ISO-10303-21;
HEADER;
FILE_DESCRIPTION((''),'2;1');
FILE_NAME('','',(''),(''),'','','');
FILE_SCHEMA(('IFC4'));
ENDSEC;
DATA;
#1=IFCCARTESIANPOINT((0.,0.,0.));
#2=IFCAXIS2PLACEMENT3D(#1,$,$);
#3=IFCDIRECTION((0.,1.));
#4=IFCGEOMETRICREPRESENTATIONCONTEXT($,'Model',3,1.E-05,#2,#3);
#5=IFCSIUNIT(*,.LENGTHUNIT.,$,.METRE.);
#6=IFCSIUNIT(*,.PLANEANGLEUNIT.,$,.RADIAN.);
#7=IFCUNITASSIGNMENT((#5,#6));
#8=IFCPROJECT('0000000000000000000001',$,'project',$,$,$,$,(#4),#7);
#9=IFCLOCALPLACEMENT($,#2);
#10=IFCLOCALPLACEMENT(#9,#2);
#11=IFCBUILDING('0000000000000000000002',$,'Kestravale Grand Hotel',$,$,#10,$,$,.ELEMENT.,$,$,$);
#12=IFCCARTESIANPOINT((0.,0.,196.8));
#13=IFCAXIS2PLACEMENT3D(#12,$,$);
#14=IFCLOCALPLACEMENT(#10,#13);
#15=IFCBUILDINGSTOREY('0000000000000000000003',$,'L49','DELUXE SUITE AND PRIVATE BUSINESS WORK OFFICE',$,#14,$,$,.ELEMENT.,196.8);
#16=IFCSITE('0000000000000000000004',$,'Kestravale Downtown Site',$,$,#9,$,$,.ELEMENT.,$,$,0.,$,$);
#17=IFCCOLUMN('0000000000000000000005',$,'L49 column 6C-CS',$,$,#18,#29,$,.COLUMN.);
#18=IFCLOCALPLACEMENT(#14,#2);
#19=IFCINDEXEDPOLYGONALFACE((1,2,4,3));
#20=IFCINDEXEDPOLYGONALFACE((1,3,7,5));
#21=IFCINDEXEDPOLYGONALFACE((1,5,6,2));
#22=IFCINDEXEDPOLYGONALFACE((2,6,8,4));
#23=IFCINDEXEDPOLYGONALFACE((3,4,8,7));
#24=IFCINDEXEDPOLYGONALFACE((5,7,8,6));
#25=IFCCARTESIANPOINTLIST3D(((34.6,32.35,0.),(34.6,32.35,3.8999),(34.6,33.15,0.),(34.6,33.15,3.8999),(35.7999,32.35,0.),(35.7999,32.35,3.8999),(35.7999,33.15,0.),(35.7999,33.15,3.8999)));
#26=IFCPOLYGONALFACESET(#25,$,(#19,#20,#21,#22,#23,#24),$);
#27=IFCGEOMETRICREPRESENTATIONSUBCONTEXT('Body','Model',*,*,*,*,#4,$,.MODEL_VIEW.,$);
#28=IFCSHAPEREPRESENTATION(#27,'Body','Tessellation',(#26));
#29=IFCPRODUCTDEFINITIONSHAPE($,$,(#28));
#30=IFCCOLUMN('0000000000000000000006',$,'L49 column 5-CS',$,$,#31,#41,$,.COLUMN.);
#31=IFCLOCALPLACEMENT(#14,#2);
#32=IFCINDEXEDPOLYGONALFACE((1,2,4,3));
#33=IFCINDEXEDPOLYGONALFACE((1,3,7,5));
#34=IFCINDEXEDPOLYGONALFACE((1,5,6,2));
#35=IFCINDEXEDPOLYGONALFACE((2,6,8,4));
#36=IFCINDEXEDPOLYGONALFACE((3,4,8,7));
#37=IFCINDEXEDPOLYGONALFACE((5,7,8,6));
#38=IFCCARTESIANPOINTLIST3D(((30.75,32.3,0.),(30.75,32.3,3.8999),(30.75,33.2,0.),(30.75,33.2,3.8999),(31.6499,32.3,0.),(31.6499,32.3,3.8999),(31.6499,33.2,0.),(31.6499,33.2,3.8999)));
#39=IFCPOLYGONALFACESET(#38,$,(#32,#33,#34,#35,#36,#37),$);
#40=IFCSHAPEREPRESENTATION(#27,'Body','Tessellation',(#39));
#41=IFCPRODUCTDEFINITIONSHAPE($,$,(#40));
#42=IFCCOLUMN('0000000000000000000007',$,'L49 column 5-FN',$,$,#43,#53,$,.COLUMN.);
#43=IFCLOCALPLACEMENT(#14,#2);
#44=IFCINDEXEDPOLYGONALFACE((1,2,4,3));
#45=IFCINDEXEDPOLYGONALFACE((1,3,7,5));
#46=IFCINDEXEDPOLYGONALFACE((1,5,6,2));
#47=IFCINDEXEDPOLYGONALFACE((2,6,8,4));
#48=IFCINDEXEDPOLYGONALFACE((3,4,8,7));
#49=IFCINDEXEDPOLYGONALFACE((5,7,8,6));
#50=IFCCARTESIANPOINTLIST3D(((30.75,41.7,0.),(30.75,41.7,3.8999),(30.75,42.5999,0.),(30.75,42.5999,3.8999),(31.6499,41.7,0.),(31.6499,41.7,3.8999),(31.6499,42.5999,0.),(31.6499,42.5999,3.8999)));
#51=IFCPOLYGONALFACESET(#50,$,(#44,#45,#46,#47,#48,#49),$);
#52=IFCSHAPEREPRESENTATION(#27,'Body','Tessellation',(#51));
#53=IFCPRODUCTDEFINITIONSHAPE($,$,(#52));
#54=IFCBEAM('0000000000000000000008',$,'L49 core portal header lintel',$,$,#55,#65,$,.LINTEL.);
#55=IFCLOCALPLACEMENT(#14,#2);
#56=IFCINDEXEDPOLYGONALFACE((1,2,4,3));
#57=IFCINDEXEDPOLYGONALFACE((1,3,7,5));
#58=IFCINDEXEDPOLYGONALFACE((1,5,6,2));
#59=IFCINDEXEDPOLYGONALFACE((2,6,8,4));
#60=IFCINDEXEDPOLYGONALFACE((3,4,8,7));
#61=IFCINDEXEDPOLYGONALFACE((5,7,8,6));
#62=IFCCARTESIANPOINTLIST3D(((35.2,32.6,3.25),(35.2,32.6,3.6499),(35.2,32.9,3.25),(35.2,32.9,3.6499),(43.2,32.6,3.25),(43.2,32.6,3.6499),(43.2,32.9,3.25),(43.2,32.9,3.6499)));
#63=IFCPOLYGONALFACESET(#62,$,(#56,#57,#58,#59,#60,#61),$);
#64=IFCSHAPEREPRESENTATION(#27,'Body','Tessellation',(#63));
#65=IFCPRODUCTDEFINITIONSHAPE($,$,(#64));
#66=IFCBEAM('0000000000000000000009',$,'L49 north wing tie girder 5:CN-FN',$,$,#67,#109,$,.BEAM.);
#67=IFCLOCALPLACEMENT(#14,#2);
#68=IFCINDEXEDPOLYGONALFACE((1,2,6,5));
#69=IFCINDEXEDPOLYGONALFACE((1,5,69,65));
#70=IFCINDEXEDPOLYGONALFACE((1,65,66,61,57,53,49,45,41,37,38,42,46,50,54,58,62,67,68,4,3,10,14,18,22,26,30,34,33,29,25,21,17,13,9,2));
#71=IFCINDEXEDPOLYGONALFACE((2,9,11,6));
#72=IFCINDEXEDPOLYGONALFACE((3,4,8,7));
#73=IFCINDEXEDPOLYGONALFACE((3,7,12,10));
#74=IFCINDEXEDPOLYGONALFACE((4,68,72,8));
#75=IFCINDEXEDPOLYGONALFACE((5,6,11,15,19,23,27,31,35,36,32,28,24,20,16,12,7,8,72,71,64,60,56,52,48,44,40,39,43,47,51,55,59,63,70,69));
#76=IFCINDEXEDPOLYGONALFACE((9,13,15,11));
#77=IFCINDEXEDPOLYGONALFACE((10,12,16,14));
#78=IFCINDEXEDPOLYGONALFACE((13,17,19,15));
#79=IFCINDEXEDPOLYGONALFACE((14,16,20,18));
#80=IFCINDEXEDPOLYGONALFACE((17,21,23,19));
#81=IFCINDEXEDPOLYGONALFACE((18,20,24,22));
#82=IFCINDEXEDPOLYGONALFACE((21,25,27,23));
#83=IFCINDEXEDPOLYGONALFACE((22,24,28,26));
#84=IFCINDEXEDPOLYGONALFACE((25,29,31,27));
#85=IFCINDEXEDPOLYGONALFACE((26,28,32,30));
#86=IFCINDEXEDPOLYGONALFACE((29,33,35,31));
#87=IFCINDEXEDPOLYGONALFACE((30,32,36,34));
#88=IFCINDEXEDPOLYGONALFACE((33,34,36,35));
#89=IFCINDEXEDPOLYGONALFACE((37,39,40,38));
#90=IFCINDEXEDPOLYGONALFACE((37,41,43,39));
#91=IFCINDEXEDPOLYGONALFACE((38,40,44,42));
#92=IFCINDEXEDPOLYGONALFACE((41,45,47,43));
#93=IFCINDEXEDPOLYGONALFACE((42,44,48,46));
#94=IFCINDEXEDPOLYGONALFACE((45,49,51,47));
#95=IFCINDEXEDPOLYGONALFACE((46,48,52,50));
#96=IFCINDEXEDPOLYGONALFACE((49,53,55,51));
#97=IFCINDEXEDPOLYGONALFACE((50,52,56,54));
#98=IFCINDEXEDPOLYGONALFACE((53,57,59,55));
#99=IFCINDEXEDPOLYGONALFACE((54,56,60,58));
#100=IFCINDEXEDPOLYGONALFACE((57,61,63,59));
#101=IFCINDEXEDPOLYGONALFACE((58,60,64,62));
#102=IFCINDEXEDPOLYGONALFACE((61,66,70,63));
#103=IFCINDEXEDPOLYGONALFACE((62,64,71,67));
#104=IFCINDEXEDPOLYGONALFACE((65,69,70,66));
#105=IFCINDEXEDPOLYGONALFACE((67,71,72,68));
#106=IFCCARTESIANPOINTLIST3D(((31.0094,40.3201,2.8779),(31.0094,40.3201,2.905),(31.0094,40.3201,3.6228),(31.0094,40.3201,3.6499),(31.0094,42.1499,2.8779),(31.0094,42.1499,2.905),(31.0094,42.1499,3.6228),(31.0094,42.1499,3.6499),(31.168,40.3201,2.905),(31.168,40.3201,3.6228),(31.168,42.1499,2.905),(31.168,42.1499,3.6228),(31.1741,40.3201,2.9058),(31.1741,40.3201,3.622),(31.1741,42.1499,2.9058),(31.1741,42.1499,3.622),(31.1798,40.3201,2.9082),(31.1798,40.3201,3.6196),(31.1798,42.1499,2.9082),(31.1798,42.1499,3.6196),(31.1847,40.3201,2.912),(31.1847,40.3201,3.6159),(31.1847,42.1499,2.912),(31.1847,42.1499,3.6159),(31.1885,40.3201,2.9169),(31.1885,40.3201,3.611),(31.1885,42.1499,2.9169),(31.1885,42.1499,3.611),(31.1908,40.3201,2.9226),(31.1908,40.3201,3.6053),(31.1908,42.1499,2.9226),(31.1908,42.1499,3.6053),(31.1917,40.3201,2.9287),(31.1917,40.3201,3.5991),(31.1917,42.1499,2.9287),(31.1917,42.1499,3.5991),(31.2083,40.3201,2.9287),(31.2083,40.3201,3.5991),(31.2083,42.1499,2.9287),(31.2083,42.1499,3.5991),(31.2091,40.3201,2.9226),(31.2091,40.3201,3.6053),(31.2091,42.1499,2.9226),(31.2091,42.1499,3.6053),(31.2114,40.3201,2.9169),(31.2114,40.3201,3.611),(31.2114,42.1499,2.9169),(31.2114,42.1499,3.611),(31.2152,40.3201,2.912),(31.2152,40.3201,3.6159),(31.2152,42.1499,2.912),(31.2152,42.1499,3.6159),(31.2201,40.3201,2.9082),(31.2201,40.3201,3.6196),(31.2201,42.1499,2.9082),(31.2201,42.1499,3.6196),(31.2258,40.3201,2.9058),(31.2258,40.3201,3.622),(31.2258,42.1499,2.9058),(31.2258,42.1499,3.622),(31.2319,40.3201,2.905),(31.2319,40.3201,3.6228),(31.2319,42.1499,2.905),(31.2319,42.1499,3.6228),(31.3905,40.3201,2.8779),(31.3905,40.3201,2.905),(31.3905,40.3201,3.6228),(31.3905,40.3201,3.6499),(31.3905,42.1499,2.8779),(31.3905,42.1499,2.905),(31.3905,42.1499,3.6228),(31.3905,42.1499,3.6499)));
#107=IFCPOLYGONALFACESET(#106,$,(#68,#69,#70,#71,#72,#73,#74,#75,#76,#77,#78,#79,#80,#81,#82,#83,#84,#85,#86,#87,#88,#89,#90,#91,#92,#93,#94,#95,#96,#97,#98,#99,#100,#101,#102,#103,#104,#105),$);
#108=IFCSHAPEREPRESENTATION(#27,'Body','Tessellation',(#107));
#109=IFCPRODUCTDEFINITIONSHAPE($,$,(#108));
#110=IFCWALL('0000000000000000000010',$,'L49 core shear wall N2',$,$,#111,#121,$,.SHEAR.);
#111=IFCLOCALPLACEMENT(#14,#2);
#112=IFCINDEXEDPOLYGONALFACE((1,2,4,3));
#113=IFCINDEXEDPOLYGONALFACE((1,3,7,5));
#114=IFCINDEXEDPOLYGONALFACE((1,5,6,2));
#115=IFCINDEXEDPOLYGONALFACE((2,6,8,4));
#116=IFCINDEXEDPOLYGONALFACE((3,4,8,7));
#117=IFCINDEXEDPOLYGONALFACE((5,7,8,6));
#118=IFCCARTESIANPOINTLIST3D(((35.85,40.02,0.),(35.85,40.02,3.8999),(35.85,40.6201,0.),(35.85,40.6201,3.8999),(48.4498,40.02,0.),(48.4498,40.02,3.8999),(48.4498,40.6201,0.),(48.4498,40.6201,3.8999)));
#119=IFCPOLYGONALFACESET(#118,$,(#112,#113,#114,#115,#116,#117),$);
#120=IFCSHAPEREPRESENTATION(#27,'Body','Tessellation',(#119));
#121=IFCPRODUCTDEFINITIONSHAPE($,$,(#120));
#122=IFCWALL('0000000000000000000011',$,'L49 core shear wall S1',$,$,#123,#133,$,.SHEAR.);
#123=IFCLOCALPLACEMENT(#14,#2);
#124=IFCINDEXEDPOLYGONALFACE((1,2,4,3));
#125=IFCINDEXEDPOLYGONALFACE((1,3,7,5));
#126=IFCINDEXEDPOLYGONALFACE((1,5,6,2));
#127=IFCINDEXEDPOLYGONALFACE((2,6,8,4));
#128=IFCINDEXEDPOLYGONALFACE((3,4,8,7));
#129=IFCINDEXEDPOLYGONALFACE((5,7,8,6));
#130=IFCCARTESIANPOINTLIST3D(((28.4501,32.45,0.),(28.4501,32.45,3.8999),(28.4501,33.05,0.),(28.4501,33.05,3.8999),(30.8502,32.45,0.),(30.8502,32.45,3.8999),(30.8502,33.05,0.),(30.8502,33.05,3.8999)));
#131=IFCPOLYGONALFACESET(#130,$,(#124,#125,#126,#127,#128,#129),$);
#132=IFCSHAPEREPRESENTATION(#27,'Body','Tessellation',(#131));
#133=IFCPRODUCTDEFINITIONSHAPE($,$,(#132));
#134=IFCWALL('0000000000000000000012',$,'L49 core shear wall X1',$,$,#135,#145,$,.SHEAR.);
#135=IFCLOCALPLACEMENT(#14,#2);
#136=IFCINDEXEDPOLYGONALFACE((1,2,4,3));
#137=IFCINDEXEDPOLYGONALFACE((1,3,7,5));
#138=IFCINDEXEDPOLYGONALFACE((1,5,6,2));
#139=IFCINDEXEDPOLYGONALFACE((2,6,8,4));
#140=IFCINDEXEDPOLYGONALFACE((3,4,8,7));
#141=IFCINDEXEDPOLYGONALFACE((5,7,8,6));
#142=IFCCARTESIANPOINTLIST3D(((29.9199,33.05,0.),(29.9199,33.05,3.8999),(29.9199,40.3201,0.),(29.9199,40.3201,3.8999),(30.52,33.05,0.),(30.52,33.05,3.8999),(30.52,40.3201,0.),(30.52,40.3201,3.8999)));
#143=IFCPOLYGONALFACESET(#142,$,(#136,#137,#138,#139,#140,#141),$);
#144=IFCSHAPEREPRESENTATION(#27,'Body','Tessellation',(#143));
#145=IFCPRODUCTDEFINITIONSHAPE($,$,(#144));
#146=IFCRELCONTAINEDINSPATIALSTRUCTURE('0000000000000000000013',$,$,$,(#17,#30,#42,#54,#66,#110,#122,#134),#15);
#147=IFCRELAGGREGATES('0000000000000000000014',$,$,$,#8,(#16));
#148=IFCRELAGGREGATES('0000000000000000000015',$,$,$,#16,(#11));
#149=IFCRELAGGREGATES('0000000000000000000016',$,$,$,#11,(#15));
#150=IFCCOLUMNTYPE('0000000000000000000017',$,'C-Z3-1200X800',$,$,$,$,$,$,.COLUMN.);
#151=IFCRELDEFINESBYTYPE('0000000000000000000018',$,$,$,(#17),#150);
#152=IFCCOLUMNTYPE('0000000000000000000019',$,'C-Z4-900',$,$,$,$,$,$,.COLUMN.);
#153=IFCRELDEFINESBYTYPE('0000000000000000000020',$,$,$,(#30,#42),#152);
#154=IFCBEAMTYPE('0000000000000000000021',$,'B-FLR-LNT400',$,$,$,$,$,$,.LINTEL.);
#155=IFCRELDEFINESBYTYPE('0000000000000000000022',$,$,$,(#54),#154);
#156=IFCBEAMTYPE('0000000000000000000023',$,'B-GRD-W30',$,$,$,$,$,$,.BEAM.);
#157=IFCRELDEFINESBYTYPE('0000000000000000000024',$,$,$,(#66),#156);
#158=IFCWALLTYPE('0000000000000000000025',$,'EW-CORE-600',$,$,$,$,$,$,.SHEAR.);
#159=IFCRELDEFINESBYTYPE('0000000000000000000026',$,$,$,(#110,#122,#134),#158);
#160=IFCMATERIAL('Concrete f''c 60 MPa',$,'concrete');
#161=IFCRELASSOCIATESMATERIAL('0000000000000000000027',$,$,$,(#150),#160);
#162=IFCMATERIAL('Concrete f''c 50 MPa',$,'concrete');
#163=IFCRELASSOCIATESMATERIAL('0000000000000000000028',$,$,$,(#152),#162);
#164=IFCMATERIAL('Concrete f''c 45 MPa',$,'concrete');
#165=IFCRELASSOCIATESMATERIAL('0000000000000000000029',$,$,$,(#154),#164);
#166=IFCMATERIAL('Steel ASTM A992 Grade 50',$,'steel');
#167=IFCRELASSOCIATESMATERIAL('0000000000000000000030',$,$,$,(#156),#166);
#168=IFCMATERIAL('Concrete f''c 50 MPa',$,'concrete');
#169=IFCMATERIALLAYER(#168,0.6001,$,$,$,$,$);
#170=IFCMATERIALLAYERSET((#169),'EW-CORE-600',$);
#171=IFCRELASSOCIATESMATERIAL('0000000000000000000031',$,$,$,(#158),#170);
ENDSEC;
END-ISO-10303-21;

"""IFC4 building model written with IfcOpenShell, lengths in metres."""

from ifc_helpers import new_model, si_unit, direction, frame, frame_2d, origin, origin_2d, place, context, subcontext, project, spatial, rectangle, i_section, extrude, material, layer, layer_set, material_profile, profile_set, type_object, element, save


model = new_model("IFC4")

# Units and contexts
model_context = context("Model", 3, precision=1e-05, world=origin(), true_north=direction((0.0, 1.0)))
body_context = subcontext(model_context, "Body", "Model", "MODEL_VIEW")
ifc_project = project(units=[si_unit("LENGTHUNIT", "METRE"), si_unit("PLANEANGLEUNIT", "RADIAN")], contexts=[model_context])

# Site, building, storey
site_placement = place(None, origin())
site = spatial("IfcSite", under=ifc_project, at=site_placement, Name="Kestravale Downtown Site", CompositionType="ELEMENT", RefElevation=0.0)
building_placement = place(site_placement, origin())
building = spatial("IfcBuilding", under=site, at=building_placement, Name="Kestravale Grand Hotel", CompositionType="ELEMENT")
storey_placement = place(building_placement, frame((0.0, 0.0, 196.8)))
storey = spatial("IfcBuildingStorey", under=building, at=storey_placement, Name="L49", Description="DELUXE SUITE AND PRIVATE BUSINESS WORK OFFICE", CompositionType="ELEMENT", Elevation=196.8)

# Columns
ifc_material_1 = material(Name="Concrete f'c 60 MPa", Category="concrete")
ifc_material_profile_1 = material_profile(ifc_material_1, rectangle(XDim=1.2, YDim=0.8, at=origin_2d()))
ifc_profile_set_1 = profile_set([ifc_material_profile_1], Name="Concrete f'c 60 MPa")
column_type_1 = type_object("IfcColumnType", Name="C-Z3-1200X800", PredefinedType="COLUMN", material=ifc_profile_set_1)
column_placement = place(storey_placement, frame((35.2, 32.75, 0.0), z_axis=(0.0, 0.0, 1.0), x_axis=(1.0, 0.0, 0.0)))
element("IfcColumn", 1, at=column_placement, inside=storey, type_object=column_type_1, Name="L49 column 6C-CS", PredefinedType="COLUMN", context=body_context, shape_type="SweptSolid", body=[
    extrude(rectangle(XDim=1.2, YDim=0.8, at=origin_2d()), origin(), (0.0, 0.0, 1.0), 3.8999),
])
ifc_material_2 = material(Name="Concrete f'c 50 MPa", Category="concrete")
ifc_material_profile_2 = material_profile(ifc_material_2, rectangle(XDim=0.8999, YDim=0.8999, at=origin_2d()))
ifc_profile_set_2 = profile_set([ifc_material_profile_2], Name="Concrete f'c 50 MPa")
column_type_2 = type_object("IfcColumnType", Name="C-Z4-900", PredefinedType="COLUMN", material=ifc_profile_set_2)
for number, where, z_axis, x_axis, name in (
    (2, (31.2, 32.75, 0.0), (0.0, 0.0, 1.0), (1.0, 0.0, 0.0), "L49 column 5-CS"),
    (3, (31.2, 42.1499, 0.0), (0.0, 0.0, 1.0), (1.0, 0.0, 0.0), "L49 column 5-FN"),
):
    element("IfcColumn", number, at=place(storey_placement, frame(where, z_axis=z_axis, x_axis=x_axis)), inside=storey, type_object=column_type_2, Name=name, PredefinedType="COLUMN", context=body_context, shape_type="SweptSolid", body=[
        extrude(rectangle(XDim=0.8999, YDim=0.8999, at=origin_2d()), origin(), (0.0, 0.0, 1.0), 3.8999),
    ])

# Beams
ifc_material_3 = material(Name="Concrete f'c 45 MPa", Category="concrete")
ifc_material_profile_3 = material_profile(ifc_material_3, rectangle(XDim=0.3, YDim=0.3999, at=origin_2d()))
ifc_profile_set_3 = profile_set([ifc_material_profile_3], Name="Concrete f'c 45 MPa")
beam_type_1 = type_object("IfcBeamType", Name="B-FLR-LNT400", PredefinedType="LINTEL", material=ifc_profile_set_3)
beam_1_placement = place(storey_placement, frame((35.2, 32.75, 3.45), z_axis=(1.0, 0.0, 0.0), x_axis=(0.0, 1.0, 0.0)))
element("IfcBeam", 4, at=beam_1_placement, inside=storey, type_object=beam_type_1, Name="L49 core portal header lintel", PredefinedType="LINTEL", context=body_context, shape_type="SweptSolid", body=[
    extrude(rectangle(XDim=0.3, YDim=0.3999, at=origin_2d()), origin(), (0.0, 0.0, 1.0), 8.0),
])
ifc_material_4 = material(Name="Steel ASTM A992 Grade 50", Category="steel")
ifc_material_profile_4 = material_profile(ifc_material_4, i_section(OverallWidth=0.3811, OverallDepth=0.772, WebThickness=0.0166, FlangeThickness=0.0271, FilletRadius=0.0237, at=origin_2d()))
ifc_profile_set_4 = profile_set([ifc_material_profile_4], Name="Steel ASTM A992 Grade 50")
beam_type_2 = type_object("IfcBeamType", Name="B-GRD-W30", PredefinedType="BEAM", material=ifc_profile_set_4)
beam_2_placement = place(storey_placement, frame((31.2, 40.3201, 3.2639), z_axis=(0.0, 1.0, 0.0), x_axis=(-1.0, 0.0, 0.0)))
element("IfcBeam", 5, at=beam_2_placement, inside=storey, type_object=beam_type_2, Name="L49 north wing tie girder 5:CN-FN", PredefinedType="BEAM", context=body_context, shape_type="SweptSolid", body=[
    extrude(i_section(OverallWidth=0.3811, OverallDepth=0.772, WebThickness=0.0166, FlangeThickness=0.0271, FilletRadius=0.0237, at=origin_2d()), origin(), (0.0, 0.0, 1.0), 1.8298),
])

# Walls
ifc_material_5 = material(Name="Concrete f'c 50 MPa", Category="concrete")
ifc_layer_1 = layer(ifc_material_5, 0.6001)
ifc_layer_set_1 = layer_set([ifc_layer_1], Name="EW-CORE-600")
wall_type_1 = type_object("IfcWallType", Name="EW-CORE-600", PredefinedType="SHEAR", material=ifc_layer_set_1)
wall_1_placement = place(storey_placement, frame((35.8501, 40.3201, 0.0), z_axis=(0.0, 0.0, 1.0), x_axis=(1.0, 0.0, 0.0)))
element("IfcWall", 6, at=wall_1_placement, inside=storey, type_object=wall_type_1, Name="L49 core shear wall N2", PredefinedType="SHEAR", context=body_context, shape_type="SweptSolid", body=[
    extrude(rectangle(XDim=12.5999, YDim=0.6001, at=frame_2d((6.2998, 0.0))), origin(), (0.0, 0.0, 1.0), 3.8999),
])
wall_2_placement = place(storey_placement, frame((28.45, 32.75, 0.0), z_axis=(0.0, 0.0, 1.0), x_axis=(1.0, 0.0, 0.0)))
element("IfcWall", 7, at=wall_2_placement, inside=storey, type_object=wall_type_1, Name="L49 core shear wall S1", PredefinedType="SHEAR", context=body_context, shape_type="SweptSolid", body=[
    extrude(rectangle(XDim=2.4001, YDim=0.6001, at=frame_2d((1.2002, 0.0))), origin(), (0.0, 0.0, 1.0), 3.8999),
])
wall_3_placement = place(storey_placement, frame((30.22, 33.05, 0.0), z_axis=(0.0, 0.0, 1.0), x_axis=(0.0, 1.0, 0.0)))
element("IfcWall", 8, at=wall_3_placement, inside=storey, type_object=wall_type_1, Name="L49 core shear wall X1", PredefinedType="SHEAR", context=body_context, shape_type="SweptSolid", body=[
    extrude(rectangle(XDim=7.27, YDim=0.6001, at=frame_2d((3.635, 0.0))), origin(), (0.0, 0.0, 1.0), 3.8999),
])

save(model, "model.ifc")
